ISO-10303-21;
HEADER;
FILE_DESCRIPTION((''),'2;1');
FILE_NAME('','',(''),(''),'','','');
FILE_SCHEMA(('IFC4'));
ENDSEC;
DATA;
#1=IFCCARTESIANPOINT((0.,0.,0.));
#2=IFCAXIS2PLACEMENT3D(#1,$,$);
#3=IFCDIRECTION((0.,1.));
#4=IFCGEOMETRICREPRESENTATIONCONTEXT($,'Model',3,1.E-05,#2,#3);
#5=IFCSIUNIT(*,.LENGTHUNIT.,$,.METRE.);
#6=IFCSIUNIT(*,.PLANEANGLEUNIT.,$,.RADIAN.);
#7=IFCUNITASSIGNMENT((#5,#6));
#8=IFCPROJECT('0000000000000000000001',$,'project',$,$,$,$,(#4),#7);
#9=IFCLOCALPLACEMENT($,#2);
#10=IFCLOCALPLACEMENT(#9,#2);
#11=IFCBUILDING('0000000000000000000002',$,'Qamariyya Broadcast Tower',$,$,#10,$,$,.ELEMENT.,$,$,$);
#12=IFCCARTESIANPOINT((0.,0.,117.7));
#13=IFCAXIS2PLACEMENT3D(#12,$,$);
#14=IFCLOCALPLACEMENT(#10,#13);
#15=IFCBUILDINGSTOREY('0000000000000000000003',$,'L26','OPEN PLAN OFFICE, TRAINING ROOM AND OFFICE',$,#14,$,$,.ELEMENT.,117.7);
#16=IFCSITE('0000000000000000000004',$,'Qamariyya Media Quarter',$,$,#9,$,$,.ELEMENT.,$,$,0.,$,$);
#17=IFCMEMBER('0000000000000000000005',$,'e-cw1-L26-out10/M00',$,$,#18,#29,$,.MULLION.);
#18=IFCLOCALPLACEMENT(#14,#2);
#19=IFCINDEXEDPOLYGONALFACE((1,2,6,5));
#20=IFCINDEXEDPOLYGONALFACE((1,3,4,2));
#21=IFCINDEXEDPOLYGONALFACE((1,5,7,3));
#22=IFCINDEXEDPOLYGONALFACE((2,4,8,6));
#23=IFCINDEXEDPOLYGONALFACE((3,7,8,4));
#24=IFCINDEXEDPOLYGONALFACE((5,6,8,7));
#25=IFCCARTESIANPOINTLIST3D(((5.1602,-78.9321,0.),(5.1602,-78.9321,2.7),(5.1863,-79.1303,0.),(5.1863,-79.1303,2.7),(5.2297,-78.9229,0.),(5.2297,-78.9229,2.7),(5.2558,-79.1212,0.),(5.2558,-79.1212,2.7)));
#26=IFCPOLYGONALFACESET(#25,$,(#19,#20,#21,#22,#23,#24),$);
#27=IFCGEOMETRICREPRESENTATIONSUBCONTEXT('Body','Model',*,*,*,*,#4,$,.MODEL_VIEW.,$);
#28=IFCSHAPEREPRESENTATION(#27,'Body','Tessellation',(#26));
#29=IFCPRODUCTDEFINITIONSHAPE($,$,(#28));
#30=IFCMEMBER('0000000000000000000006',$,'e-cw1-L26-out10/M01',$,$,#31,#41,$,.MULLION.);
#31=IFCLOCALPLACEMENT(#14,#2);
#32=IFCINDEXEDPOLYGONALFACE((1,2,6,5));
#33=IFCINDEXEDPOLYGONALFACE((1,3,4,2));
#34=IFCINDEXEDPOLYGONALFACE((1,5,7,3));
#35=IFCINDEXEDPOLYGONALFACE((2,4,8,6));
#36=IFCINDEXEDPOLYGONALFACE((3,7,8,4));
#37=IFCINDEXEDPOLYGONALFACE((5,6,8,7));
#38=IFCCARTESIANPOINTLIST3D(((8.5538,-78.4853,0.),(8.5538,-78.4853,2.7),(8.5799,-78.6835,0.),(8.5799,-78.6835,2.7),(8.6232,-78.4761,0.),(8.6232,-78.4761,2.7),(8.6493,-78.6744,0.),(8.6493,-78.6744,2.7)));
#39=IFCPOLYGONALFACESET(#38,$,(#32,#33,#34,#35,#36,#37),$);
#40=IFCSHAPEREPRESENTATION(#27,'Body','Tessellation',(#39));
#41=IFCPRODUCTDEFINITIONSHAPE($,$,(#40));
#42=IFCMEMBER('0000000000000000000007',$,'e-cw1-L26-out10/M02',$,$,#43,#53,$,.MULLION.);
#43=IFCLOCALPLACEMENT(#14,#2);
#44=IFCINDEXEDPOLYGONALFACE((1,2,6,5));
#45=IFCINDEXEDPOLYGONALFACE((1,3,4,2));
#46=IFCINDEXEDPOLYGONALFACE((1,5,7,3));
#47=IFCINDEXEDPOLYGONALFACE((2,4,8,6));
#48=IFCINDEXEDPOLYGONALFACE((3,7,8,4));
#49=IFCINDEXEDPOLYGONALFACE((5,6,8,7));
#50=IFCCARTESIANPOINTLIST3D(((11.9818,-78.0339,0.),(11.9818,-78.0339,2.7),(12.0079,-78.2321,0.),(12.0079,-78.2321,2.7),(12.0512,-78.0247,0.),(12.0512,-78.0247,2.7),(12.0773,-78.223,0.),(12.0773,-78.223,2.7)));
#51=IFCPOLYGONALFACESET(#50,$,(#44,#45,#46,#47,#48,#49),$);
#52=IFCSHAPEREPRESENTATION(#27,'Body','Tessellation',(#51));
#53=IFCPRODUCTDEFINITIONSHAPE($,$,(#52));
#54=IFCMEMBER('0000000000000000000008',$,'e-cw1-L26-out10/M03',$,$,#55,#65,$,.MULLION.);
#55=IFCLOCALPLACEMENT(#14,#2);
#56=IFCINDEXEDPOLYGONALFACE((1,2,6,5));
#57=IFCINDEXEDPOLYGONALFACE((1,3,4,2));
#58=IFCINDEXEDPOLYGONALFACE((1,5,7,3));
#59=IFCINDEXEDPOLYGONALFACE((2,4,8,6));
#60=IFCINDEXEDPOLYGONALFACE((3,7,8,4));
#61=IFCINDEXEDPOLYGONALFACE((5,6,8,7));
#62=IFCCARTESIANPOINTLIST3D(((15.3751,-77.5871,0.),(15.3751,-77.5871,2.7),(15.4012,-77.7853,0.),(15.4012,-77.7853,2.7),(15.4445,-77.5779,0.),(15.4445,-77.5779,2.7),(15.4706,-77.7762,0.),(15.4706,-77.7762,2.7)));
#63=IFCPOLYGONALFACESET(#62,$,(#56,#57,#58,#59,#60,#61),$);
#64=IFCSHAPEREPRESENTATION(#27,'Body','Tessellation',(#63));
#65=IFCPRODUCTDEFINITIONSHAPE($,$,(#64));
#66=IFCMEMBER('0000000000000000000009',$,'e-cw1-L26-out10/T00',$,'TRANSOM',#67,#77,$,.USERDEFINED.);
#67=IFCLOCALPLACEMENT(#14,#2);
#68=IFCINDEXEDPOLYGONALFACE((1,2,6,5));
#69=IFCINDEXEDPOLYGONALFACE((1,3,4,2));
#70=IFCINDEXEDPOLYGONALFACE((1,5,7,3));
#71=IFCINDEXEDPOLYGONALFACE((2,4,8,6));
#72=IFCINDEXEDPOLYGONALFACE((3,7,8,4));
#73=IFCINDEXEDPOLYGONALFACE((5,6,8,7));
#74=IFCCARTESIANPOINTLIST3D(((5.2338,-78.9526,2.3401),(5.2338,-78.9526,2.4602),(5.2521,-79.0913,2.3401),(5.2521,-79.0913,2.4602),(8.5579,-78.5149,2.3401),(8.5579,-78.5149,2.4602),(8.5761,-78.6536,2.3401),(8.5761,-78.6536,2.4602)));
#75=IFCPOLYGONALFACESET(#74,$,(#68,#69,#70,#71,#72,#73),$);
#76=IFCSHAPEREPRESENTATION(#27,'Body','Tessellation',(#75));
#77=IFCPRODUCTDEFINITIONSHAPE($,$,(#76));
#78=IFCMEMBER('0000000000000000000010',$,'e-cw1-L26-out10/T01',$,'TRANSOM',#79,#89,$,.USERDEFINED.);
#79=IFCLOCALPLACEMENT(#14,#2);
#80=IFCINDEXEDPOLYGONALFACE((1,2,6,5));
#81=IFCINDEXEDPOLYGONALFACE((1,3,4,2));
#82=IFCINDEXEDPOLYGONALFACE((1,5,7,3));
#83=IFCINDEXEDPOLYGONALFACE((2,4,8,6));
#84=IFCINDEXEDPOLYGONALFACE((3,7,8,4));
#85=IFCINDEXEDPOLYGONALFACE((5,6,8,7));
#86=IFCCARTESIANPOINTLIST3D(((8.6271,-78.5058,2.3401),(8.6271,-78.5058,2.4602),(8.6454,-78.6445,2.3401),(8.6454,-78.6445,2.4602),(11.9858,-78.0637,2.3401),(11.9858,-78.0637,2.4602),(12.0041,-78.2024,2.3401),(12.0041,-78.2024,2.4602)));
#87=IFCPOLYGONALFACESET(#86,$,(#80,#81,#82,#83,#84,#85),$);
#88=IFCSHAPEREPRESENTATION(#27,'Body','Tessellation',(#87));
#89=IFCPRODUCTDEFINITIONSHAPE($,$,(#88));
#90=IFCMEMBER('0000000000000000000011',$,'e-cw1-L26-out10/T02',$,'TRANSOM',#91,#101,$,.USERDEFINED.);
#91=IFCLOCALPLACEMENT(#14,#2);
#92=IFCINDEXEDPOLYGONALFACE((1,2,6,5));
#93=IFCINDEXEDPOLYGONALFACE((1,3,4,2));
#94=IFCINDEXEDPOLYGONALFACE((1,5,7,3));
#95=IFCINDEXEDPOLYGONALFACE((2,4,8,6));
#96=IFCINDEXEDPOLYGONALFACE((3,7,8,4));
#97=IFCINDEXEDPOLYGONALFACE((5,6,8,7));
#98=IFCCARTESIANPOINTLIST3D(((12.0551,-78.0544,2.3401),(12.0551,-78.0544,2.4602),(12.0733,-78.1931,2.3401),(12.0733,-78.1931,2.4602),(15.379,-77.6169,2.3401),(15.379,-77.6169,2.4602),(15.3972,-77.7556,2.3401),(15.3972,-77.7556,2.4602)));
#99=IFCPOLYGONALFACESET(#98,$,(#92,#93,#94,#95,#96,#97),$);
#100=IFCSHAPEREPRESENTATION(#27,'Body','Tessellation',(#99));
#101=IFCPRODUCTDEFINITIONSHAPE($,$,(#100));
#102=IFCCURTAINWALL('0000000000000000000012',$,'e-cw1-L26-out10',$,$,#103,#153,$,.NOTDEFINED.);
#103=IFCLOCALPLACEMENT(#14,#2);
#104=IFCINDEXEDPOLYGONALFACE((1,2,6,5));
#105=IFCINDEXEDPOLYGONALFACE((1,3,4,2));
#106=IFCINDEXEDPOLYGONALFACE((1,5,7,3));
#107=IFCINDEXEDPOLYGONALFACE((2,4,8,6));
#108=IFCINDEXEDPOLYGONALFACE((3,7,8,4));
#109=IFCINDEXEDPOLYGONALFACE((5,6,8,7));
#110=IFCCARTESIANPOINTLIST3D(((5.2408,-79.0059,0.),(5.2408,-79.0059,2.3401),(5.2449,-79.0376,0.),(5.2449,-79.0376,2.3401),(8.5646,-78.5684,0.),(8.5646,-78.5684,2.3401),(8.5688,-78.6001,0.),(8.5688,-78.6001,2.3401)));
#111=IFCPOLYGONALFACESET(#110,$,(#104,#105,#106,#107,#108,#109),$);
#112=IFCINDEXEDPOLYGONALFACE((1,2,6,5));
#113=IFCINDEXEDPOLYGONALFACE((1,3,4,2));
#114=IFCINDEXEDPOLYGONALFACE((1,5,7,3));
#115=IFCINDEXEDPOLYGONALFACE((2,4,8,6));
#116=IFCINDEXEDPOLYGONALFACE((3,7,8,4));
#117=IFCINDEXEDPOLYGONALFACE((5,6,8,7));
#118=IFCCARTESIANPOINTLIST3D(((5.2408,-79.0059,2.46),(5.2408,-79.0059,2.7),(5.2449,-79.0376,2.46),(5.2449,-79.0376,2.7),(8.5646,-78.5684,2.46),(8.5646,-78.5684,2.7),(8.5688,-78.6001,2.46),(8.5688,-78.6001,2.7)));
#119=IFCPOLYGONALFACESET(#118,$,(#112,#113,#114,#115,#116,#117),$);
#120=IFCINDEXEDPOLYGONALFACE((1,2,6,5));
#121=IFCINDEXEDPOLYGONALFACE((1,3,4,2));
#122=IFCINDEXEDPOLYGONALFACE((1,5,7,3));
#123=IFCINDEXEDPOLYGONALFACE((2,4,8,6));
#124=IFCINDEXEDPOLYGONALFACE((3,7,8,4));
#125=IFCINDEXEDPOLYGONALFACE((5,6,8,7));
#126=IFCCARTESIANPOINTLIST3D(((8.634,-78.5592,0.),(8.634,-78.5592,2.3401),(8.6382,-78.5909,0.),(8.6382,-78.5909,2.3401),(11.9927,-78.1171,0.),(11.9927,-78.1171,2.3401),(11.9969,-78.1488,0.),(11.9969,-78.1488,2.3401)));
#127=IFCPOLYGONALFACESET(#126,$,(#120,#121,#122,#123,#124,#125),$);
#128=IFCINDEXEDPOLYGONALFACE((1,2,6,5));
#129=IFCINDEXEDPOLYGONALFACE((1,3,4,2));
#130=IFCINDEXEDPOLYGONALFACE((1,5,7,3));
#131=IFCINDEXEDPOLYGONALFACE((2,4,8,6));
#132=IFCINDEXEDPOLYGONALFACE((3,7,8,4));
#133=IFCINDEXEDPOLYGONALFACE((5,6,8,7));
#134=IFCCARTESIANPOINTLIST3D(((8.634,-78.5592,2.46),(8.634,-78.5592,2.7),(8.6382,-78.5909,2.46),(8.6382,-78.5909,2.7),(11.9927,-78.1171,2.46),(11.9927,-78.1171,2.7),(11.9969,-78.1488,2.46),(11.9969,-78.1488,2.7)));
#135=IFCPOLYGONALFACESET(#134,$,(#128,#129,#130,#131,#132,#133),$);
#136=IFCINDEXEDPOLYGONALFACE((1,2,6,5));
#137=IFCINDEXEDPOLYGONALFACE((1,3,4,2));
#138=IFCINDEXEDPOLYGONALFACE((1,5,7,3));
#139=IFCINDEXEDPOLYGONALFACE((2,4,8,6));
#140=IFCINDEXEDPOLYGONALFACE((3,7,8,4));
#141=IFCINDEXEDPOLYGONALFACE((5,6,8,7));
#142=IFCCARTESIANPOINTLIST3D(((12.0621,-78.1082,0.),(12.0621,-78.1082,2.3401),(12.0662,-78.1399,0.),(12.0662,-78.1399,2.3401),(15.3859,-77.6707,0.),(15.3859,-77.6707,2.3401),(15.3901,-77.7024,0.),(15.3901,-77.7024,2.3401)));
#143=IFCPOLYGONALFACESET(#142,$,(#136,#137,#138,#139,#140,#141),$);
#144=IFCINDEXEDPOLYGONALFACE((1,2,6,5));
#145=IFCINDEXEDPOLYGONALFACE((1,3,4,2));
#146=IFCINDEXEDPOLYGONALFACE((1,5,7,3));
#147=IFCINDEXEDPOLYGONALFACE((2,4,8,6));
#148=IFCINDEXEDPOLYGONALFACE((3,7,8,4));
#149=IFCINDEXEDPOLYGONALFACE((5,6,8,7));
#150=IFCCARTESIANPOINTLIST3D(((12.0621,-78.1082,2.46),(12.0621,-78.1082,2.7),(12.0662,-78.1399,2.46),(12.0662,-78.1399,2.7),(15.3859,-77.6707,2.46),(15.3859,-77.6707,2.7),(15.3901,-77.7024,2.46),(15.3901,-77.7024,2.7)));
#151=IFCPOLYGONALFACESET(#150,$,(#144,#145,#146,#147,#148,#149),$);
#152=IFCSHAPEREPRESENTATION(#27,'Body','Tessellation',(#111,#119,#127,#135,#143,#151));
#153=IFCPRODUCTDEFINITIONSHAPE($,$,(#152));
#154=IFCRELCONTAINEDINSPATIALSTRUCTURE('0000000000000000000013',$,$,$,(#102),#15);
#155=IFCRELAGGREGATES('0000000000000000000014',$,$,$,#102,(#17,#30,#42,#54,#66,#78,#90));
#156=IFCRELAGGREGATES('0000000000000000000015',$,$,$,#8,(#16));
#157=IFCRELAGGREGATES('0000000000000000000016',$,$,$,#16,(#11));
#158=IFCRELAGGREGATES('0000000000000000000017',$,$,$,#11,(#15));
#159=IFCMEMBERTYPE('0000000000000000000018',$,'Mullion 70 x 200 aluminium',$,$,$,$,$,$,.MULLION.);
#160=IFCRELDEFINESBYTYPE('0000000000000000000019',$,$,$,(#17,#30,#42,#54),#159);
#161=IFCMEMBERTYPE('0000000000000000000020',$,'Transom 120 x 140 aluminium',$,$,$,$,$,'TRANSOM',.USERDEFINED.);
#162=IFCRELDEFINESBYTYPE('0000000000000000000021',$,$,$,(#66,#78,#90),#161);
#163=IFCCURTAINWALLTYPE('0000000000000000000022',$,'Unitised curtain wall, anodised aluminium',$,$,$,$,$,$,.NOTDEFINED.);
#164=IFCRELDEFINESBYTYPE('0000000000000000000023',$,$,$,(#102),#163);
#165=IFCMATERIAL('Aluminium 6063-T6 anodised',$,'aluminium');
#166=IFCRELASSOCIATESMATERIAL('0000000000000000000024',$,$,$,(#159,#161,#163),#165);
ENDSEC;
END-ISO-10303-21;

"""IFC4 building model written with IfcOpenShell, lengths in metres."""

from ifc_helpers import new_model, si_unit, direction, frame, origin, origin_2d, place, context, subcontext, project, spatial, rectangle, extrude, material, material_profile, profile_set, type_object, element, aggregate, save


model = new_model("IFC4")

# Units and contexts
model_context = context("Model", 3, precision=1e-05, world=origin(), true_north=direction((0.0, 1.0)))
body_context = subcontext(model_context, "Body", "Model", "MODEL_VIEW")
ifc_project = project(units=[si_unit("LENGTHUNIT", "METRE"), si_unit("PLANEANGLEUNIT", "RADIAN")], contexts=[model_context])

# Members
ifc_material = material(Name="Aluminium 6063-T6 anodised", Category="aluminium")
ifc_material_profile_1 = material_profile(ifc_material, rectangle(XDim=0.2, YDim=0.0701, at=origin_2d()))
ifc_profile_set_1 = profile_set([ifc_material_profile_1], Name="Aluminium 6063-T6 anodised")
member_type_1 = type_object("IfcMemberType", Name="Mullion 70 x 200 aluminium", PredefinedType="MULLION", material=ifc_profile_set_1)
site_placement = place(None, origin())
building_placement = place(site_placement, origin())
storey_placement = place(building_placement, frame((0.0, 0.0, 117.7)))
member_1_placement = place(storey_placement, frame((5.208, -79.0266, 0.0), z_axis=(0.0, 0.0, 1.0), x_axis=(-0.130526, 0.991445, 0.0)))
member_1 = element("IfcMember", 1, at=member_1_placement, type_object=member_type_1, Name="e-cw1-L26-out10/M00", PredefinedType="MULLION", context=body_context, shape_type="SweptSolid", body=[
    extrude(rectangle(XDim=0.2, YDim=0.0701, at=origin_2d()), origin(), (0.0, 0.0, 1.0), 2.7),
])
member_2_placement = place(storey_placement, frame((8.6016, -78.5798, 0.0), z_axis=(0.0, 0.0, 1.0), x_axis=(-0.130526, 0.991445, 0.0)))
member_2 = element("IfcMember", 2, at=member_2_placement, type_object=member_type_1, Name="e-cw1-L26-out10/M01", PredefinedType="MULLION", context=body_context, shape_type="SweptSolid", body=[
    extrude(rectangle(XDim=0.2, YDim=0.0701, at=origin_2d()), origin(), (0.0, 0.0, 1.0), 2.7),
])
member_3_placement = place(storey_placement, frame((12.0295, -78.1284, 0.0), z_axis=(0.0, 0.0, 1.0), x_axis=(-0.130526, 0.991445, 0.0)))
member_3 = element("IfcMember", 3, at=member_3_placement, type_object=member_type_1, Name="e-cw1-L26-out10/M02", PredefinedType="MULLION", context=body_context, shape_type="SweptSolid", body=[
    extrude(rectangle(XDim=0.2, YDim=0.0701, at=origin_2d()), origin(), (0.0, 0.0, 1.0), 2.7),
])
member_4_placement = place(storey_placement, frame((15.4229, -77.6816, 0.0), z_axis=(0.0, 0.0, 1.0), x_axis=(-0.130526, 0.991445, 0.0)))
member_4 = element("IfcMember", 4, at=member_4_placement, type_object=member_type_1, Name="e-cw1-L26-out10/M03", PredefinedType="MULLION", context=body_context, shape_type="SweptSolid", body=[
    extrude(rectangle(XDim=0.2, YDim=0.0701, at=origin_2d()), origin(), (0.0, 0.0, 1.0), 2.7),
])
ifc_material_profile_2 = material_profile(ifc_material, rectangle(XDim=0.1399, YDim=0.1201, at=origin_2d()))
ifc_profile_set_2 = profile_set([ifc_material_profile_2], Name="Aluminium 6063-T6 anodised")
member_type_2 = type_object("IfcMemberType", Name="Transom 120 x 140 aluminium", ElementType="TRANSOM", PredefinedType="USERDEFINED", material=ifc_profile_set_2)
member_5_placement = place(storey_placement, frame((5.2429, -79.022, 2.4001), z_axis=(0.99144, 0.130566, 0.0), x_axis=(-0.130566, 0.99144, 0.0)))
member_5 = element("IfcMember", 5, at=member_5_placement, type_object=member_type_2, Name="e-cw1-L26-out10/T00", ObjectType="TRANSOM", PredefinedType="USERDEFINED", context=body_context, shape_type="SweptSolid", body=[
    extrude(rectangle(XDim=0.1399, YDim=0.1201, at=origin_2d()), origin(), (0.0, 0.0, 1.0), 3.3528),
])
member_6_placement = place(storey_placement, frame((8.6362, -78.5752, 2.4001), z_axis=(0.991446, 0.130516, 0.0), x_axis=(-0.130516, 0.991446, 0.0)))
member_6 = element("IfcMember", 6, at=member_6_placement, type_object=member_type_2, Name="e-cw1-L26-out10/T01", ObjectType="TRANSOM", PredefinedType="USERDEFINED", context=body_context, shape_type="SweptSolid", body=[
    extrude(rectangle(XDim=0.1399, YDim=0.1201, at=origin_2d()), origin(), (0.0, 0.0, 1.0), 3.3877),
])
member_7_placement = place(storey_placement, frame((12.0642, -78.1238, 2.4001), z_axis=(0.991449, 0.130494, 0.0), x_axis=(-0.130494, 0.991449, 0.0)))
member_7 = element("IfcMember", 7, at=member_7_placement, type_object=member_type_2, Name="e-cw1-L26-out10/T02", ObjectType="TRANSOM", PredefinedType="USERDEFINED", context=body_context, shape_type="SweptSolid", body=[
    extrude(rectangle(XDim=0.1399, YDim=0.1201, at=origin_2d()), origin(), (0.0, 0.0, 1.0), 3.3525),
])

# Site, building, storey
site = spatial("IfcSite", under=ifc_project, at=site_placement, Name="Qamariyya Media Quarter", CompositionType="ELEMENT", RefElevation=0.0)
building = spatial("IfcBuilding", under=site, at=building_placement, Name="Qamariyya Broadcast Tower", CompositionType="ELEMENT")
storey = spatial("IfcBuildingStorey", under=building, at=storey_placement, Name="L26", Description="OPEN PLAN OFFICE, TRAINING ROOM AND OFFICE", CompositionType="ELEMENT", Elevation=117.7)

# Curtain wall
curtain_wall_type = type_object("IfcCurtainWallType", Name="Unitised curtain wall, anodised aluminium", PredefinedType="NOTDEFINED", material=ifc_material)
curtain_wall_1_placement = place(storey_placement, origin())
curtain_wall_1 = element("IfcCurtainWall", 8, at=curtain_wall_1_placement, inside=storey, type_object=curtain_wall_type, Name="e-cw1-L26-out10", PredefinedType="NOTDEFINED", context=body_context, shape_type="SweptSolid", body=[
    extrude(rectangle(XDim=3.3525, YDim=0.032, at=origin_2d()), frame((6.9048, -78.803, 0.0), x_axis=(0.991447, 0.130509, 0.0)), (0.0, 0.0, 1.0), 2.3401),
    extrude(rectangle(XDim=3.3525, YDim=0.032, at=origin_2d()), frame((6.9048, -78.803, 2.46), x_axis=(0.991447, 0.130509, 0.0)), (0.0, 0.0, 1.0), 0.24),
    extrude(rectangle(XDim=3.3877, YDim=0.032, at=origin_2d()), frame((10.3154, -78.354, 0.0), x_axis=(0.991447, 0.130509, 0.0)), (0.0, 0.0, 1.0), 2.3401),
    extrude(rectangle(XDim=3.3877, YDim=0.032, at=origin_2d()), frame((10.3154, -78.354, 2.46), x_axis=(0.991447, 0.130509, 0.0)), (0.0, 0.0, 1.0), 0.24),
    extrude(rectangle(XDim=3.3525, YDim=0.032, at=origin_2d()), frame((13.7261, -77.9053, 0.0), x_axis=(0.991447, 0.130509, 0.0)), (0.0, 0.0, 1.0), 2.3401),
    extrude(rectangle(XDim=3.3525, YDim=0.032, at=origin_2d()), frame((13.7261, -77.9053, 2.46), x_axis=(0.991447, 0.130509, 0.0)), (0.0, 0.0, 1.0), 0.24),
])
aggregate(curtain_wall_1, [member_1, member_2, member_3, member_4, member_5, member_6, member_7])

save(model, "model.ifc")
